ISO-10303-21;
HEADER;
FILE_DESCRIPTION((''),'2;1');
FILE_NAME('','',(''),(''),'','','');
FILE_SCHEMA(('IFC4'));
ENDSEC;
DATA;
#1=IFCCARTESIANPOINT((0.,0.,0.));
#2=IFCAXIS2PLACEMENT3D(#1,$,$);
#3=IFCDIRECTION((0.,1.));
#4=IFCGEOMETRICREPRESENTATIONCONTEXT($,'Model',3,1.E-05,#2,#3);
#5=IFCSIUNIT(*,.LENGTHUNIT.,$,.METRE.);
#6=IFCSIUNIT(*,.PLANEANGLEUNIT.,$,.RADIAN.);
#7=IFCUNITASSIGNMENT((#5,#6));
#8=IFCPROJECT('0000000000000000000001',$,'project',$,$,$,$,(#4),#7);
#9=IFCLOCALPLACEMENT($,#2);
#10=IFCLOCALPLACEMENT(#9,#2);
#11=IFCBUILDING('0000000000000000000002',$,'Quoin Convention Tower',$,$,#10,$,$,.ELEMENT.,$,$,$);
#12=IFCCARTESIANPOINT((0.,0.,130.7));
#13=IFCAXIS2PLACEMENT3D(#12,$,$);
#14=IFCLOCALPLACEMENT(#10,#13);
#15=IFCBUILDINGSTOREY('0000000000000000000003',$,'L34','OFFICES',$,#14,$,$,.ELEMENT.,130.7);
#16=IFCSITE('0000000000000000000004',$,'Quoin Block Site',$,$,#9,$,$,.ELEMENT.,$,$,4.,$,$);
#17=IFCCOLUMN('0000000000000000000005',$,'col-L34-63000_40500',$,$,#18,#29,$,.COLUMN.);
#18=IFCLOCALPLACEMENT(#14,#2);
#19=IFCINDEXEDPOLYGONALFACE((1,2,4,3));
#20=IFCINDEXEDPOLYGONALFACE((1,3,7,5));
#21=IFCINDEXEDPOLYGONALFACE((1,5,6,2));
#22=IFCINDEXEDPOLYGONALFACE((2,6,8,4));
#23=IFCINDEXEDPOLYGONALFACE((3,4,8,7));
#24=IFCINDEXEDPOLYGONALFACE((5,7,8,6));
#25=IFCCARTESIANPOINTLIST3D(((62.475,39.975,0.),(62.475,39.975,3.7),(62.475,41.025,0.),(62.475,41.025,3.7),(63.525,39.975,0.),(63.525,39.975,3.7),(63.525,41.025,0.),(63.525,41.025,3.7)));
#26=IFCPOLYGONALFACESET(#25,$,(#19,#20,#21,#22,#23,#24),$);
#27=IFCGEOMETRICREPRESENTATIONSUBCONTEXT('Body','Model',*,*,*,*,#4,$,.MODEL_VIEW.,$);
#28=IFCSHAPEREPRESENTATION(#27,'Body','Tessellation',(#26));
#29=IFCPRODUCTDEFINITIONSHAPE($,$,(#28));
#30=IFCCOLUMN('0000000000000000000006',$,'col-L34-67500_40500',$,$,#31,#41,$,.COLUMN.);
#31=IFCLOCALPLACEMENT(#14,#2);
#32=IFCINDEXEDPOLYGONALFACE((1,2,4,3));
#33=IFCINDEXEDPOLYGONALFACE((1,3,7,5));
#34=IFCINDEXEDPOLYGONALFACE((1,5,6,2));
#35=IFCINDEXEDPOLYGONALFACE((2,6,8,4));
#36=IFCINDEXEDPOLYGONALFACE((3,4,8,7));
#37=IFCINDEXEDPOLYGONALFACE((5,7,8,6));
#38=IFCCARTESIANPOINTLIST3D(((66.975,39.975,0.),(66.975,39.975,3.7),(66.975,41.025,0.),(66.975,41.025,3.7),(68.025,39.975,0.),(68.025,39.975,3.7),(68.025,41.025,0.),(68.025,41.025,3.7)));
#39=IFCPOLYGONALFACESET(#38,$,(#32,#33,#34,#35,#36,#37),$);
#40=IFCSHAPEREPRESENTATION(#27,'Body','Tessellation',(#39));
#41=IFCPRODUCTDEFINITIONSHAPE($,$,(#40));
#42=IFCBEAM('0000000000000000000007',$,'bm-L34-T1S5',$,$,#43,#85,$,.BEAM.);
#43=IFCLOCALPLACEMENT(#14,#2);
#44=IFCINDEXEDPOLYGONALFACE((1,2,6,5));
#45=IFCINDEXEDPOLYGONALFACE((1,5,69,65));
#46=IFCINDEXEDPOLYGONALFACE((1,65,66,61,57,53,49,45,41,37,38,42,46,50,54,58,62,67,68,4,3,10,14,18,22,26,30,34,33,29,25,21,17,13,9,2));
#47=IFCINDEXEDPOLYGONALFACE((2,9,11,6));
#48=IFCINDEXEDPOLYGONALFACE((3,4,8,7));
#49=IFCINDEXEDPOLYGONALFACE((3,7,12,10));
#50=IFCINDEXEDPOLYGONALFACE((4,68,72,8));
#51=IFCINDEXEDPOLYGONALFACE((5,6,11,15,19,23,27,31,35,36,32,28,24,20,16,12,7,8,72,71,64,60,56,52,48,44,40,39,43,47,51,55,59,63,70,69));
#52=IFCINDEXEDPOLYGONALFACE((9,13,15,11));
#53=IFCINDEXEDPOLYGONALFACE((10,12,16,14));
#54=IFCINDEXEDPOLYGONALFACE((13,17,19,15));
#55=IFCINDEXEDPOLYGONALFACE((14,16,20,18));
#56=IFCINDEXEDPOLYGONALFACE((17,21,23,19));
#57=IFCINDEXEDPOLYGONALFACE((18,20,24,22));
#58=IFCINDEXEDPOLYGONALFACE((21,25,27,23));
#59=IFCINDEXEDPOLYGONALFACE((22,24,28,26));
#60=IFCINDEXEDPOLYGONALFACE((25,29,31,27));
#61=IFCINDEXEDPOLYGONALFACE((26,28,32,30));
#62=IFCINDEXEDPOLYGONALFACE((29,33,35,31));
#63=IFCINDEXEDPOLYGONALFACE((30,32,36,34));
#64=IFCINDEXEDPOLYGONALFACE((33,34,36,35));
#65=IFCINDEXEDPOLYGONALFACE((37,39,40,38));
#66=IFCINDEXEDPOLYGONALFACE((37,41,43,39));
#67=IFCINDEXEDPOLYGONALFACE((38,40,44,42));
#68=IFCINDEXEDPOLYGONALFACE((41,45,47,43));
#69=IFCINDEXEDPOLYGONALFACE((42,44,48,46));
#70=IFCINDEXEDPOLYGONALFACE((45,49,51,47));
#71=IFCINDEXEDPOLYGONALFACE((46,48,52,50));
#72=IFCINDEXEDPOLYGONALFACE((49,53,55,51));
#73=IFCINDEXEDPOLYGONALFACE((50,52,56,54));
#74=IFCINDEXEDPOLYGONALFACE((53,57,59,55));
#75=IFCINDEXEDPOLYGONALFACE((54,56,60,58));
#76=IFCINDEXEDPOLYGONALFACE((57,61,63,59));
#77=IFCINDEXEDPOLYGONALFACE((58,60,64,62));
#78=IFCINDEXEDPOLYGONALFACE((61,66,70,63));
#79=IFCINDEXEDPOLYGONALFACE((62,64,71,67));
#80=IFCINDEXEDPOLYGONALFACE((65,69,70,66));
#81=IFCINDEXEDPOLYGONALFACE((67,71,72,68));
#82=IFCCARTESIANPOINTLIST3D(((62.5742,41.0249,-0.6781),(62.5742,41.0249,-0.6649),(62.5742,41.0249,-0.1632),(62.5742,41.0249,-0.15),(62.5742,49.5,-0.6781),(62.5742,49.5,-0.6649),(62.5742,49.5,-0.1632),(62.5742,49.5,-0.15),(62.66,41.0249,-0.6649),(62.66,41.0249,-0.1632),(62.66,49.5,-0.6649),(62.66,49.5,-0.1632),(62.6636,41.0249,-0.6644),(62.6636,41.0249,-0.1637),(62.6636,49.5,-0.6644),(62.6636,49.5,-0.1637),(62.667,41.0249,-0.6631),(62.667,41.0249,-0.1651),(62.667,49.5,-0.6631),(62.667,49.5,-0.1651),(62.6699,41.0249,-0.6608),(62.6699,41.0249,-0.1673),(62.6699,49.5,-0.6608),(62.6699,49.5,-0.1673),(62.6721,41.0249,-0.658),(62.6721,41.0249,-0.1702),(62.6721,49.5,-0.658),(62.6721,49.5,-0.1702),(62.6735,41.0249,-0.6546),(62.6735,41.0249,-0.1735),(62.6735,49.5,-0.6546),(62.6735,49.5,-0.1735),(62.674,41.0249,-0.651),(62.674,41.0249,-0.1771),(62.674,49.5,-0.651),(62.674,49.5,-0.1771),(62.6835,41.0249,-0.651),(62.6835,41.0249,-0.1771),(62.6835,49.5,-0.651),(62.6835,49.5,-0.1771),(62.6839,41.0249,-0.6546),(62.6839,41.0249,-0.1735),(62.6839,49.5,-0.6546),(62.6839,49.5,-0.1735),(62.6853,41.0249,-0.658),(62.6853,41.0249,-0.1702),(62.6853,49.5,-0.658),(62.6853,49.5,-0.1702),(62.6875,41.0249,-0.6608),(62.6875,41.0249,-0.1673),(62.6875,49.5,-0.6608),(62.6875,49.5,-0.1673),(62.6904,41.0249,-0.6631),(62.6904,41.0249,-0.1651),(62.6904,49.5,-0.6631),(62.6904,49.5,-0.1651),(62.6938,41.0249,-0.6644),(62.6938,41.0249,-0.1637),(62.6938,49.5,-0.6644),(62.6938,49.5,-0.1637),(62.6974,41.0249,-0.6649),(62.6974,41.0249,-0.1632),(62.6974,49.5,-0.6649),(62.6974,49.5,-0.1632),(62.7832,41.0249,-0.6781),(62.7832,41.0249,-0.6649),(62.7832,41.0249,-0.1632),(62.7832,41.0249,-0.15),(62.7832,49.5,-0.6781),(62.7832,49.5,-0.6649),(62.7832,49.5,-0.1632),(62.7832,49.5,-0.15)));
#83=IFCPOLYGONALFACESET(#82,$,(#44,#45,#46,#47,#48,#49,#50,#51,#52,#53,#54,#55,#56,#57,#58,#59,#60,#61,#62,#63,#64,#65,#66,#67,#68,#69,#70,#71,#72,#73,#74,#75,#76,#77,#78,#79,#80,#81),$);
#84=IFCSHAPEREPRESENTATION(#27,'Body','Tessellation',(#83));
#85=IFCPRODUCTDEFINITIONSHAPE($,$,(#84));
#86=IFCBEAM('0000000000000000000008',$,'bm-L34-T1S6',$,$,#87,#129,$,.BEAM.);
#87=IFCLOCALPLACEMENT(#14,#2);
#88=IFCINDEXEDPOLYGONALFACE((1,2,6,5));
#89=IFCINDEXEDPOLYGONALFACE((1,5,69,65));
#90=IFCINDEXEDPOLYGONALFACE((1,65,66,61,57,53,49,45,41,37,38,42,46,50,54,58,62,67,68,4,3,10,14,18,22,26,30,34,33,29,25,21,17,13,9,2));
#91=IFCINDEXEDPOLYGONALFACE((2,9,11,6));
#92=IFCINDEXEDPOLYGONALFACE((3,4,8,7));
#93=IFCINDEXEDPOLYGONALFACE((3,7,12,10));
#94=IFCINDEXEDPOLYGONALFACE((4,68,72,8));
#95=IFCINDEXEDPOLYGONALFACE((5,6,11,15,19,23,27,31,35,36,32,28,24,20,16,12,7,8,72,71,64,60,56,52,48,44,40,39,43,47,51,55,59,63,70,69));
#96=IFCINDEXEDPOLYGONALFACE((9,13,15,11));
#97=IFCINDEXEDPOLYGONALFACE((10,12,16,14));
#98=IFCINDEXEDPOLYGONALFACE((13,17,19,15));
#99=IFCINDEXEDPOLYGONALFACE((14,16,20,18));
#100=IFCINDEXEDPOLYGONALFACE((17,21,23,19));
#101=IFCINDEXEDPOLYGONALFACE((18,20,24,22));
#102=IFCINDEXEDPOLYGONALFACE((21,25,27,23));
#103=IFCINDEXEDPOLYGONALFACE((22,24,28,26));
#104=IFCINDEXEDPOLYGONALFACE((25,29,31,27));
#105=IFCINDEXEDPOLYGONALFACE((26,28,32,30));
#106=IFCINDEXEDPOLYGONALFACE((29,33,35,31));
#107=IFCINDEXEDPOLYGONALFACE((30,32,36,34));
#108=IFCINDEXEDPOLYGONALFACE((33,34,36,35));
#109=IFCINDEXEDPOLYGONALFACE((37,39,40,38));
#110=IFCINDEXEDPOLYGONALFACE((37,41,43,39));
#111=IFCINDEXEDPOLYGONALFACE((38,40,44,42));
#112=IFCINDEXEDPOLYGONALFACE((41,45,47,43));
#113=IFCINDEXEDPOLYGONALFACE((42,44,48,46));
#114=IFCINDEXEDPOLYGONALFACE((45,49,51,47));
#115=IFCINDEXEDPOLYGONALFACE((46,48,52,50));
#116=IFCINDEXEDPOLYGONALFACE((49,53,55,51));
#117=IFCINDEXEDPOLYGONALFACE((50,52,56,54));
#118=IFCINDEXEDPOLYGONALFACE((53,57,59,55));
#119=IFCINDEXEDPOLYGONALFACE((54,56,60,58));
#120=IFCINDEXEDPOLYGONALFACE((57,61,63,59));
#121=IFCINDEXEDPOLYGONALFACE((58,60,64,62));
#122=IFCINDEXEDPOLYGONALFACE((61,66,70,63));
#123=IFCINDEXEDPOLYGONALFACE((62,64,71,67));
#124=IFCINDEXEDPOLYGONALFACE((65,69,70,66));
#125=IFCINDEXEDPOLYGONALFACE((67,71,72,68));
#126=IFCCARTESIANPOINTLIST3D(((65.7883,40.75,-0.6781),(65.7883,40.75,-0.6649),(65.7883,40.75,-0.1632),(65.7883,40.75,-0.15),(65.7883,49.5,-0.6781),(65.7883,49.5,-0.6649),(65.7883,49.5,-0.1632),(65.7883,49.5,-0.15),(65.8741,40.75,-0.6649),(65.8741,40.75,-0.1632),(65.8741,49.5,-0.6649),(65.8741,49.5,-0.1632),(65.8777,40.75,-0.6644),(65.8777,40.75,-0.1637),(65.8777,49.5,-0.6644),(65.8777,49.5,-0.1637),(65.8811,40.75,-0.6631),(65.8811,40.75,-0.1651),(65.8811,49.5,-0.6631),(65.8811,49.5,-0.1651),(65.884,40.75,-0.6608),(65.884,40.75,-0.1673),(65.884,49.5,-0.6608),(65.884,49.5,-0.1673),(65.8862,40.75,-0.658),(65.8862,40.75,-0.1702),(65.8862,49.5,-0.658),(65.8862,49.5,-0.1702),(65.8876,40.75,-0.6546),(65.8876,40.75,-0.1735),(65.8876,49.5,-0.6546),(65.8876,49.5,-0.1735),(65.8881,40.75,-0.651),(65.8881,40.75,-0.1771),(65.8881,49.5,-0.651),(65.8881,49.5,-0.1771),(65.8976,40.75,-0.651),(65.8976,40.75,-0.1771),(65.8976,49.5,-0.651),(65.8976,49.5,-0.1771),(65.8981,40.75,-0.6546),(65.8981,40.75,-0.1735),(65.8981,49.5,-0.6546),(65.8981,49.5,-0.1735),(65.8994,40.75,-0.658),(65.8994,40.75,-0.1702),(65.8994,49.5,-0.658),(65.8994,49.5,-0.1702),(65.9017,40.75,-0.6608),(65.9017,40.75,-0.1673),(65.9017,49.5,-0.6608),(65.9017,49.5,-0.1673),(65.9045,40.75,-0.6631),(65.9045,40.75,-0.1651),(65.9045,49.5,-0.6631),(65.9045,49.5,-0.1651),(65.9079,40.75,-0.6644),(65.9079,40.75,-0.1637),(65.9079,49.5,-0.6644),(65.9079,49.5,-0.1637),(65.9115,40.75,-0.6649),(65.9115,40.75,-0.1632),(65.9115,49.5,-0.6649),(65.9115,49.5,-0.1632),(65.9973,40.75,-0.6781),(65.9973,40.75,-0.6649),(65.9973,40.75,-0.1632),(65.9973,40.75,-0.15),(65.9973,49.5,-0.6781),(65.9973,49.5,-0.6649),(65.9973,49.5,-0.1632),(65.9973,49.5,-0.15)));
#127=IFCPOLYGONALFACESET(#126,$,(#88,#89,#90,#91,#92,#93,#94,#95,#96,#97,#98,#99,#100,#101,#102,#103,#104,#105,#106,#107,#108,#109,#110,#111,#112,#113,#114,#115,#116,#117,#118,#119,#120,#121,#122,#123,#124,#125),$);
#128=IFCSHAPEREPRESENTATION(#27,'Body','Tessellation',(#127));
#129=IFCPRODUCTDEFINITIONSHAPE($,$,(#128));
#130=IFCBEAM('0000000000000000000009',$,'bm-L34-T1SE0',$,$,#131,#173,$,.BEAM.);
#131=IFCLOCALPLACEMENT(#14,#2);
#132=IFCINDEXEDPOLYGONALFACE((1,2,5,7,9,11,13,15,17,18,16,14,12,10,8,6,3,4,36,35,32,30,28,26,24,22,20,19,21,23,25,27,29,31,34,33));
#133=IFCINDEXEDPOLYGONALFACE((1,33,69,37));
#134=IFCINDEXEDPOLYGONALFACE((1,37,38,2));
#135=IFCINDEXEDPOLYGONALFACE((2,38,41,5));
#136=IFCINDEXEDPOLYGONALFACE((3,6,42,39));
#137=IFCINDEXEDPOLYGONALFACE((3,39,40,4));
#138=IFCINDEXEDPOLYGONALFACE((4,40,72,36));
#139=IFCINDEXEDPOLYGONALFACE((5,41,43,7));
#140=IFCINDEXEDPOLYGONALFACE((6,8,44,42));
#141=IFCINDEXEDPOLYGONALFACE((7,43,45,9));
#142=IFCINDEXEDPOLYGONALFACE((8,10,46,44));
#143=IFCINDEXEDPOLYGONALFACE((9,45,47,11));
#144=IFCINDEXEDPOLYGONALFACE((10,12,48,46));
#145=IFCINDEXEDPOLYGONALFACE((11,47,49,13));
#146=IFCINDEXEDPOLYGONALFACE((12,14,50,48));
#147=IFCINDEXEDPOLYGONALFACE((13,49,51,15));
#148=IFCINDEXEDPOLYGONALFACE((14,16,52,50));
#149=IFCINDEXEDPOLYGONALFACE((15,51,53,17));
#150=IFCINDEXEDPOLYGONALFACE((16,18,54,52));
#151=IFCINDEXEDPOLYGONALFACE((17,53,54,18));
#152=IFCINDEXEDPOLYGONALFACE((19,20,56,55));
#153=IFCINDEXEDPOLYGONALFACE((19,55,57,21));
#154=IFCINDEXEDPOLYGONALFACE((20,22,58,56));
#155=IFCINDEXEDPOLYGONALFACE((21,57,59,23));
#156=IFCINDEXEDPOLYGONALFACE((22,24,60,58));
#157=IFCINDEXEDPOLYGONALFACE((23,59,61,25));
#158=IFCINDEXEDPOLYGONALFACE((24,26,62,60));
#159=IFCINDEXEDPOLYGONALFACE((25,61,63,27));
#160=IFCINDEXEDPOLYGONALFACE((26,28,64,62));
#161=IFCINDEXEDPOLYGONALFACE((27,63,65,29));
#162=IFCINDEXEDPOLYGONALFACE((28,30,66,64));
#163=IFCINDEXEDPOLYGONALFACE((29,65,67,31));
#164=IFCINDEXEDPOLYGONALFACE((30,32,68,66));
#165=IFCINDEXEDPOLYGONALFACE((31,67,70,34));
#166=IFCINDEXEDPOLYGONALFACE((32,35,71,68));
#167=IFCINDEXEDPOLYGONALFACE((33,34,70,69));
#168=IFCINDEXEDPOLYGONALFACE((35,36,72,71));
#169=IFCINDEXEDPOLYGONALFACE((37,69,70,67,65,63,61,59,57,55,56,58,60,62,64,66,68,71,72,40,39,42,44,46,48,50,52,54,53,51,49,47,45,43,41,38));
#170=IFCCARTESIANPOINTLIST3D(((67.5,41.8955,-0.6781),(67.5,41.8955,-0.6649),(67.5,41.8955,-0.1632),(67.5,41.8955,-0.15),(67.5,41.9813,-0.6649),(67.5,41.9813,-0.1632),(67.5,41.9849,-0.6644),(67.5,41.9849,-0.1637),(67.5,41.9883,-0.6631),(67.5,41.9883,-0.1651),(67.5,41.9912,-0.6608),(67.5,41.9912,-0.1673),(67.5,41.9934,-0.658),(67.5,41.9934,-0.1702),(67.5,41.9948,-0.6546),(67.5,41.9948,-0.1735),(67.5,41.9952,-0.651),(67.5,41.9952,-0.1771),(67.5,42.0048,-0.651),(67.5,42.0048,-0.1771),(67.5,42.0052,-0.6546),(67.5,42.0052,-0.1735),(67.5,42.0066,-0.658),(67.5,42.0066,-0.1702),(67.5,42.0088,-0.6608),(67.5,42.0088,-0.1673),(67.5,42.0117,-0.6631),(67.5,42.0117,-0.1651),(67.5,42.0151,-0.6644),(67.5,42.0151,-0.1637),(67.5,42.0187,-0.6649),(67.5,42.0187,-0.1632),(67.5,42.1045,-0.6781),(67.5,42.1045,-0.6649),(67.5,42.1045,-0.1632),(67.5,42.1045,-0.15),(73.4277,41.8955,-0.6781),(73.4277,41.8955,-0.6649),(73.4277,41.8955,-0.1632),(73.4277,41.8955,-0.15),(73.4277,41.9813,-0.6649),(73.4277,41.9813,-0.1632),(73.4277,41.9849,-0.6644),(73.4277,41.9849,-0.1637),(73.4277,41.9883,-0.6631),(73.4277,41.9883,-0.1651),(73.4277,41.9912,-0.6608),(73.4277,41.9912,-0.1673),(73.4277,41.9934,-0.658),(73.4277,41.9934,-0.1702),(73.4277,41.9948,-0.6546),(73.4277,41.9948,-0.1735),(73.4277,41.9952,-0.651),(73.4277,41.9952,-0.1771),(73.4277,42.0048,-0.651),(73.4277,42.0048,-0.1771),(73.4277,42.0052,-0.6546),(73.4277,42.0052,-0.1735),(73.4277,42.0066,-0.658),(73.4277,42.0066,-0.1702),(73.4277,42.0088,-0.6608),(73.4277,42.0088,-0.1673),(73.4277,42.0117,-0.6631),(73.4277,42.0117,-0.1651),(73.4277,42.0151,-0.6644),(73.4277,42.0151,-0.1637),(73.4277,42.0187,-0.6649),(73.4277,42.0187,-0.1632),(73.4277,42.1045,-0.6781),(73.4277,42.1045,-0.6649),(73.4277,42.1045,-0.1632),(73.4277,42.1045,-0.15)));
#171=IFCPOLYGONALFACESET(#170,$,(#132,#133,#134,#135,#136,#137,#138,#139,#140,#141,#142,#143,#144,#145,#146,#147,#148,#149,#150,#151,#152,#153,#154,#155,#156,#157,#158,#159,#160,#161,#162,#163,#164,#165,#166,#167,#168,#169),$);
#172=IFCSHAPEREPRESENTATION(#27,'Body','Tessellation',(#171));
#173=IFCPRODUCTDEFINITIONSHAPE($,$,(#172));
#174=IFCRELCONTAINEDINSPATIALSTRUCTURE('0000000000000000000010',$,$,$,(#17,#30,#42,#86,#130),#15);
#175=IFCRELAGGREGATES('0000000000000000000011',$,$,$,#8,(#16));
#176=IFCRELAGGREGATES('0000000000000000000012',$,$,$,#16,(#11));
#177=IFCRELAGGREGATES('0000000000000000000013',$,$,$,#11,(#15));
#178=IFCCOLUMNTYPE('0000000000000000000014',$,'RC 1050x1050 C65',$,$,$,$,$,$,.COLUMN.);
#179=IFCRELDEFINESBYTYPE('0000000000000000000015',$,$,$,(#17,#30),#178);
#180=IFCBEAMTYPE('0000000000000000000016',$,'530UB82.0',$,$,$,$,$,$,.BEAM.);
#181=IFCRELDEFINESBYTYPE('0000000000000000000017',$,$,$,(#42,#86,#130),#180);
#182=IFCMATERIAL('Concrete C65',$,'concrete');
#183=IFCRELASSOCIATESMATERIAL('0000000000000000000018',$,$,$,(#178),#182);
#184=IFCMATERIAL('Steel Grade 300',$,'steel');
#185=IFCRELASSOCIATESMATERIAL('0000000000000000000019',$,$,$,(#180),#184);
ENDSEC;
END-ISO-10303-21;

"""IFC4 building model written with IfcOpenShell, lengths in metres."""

from ifc_helpers import new_model, si_unit, direction, frame, origin, origin_2d, place, context, subcontext, project, spatial, rectangle, i_section, extrude, material, material_profile, profile_set, type_object, element, save


model = new_model("IFC4")

# Units and contexts
model_context = context("Model", 3, precision=1e-05, world=origin(), true_north=direction((0.0, 1.0)))
body_context = subcontext(model_context, "Body", "Model", "MODEL_VIEW")
ifc_project = project(units=[si_unit("LENGTHUNIT", "METRE"), si_unit("PLANEANGLEUNIT", "RADIAN")], contexts=[model_context])

# Site, building, storey
site_placement = place(None, origin())
site = spatial("IfcSite", under=ifc_project, at=site_placement, Name="Quoin Block Site", CompositionType="ELEMENT", RefElevation=4.0)
building_placement = place(site_placement, origin())
building = spatial("IfcBuilding", under=site, at=building_placement, Name="Quoin Convention Tower", CompositionType="ELEMENT")
storey_placement = place(building_placement, frame((0.0, 0.0, 130.7)))
storey = spatial("IfcBuildingStorey", under=building, at=storey_placement, Name="L34", Description="OFFICES", CompositionType="ELEMENT", Elevation=130.7)

# Columns
ifc_material_1 = material(Name="Concrete C65", Category="concrete")
ifc_material_profile_1 = material_profile(ifc_material_1, rectangle(XDim=1.05, YDim=1.05, at=origin_2d()), Name="RC 1050x1050")
ifc_profile_set_1 = profile_set([ifc_material_profile_1], Name="Concrete C65")
column_type = type_object("IfcColumnType", Name="RC 1050x1050 C65", PredefinedType="COLUMN", material=ifc_profile_set_1)
for number, where, z_axis, x_axis, name in (
    (1, (63.0, 40.5, 0.0), (0.0, 0.0, 1.0), (1.0, 0.0, 0.0), "col-L34-63000_40500"),
    (2, (67.5, 40.5, 0.0), (0.0, 0.0, 1.0), (1.0, 0.0, 0.0), "col-L34-67500_40500"),
):
    element("IfcColumn", number, at=place(storey_placement, frame(where, z_axis=z_axis, x_axis=x_axis)), inside=storey, type_object=column_type, Name=name, PredefinedType="COLUMN", context=body_context, shape_type="SweptSolid", body=[
        extrude(rectangle(XDim=1.05, YDim=1.05, at=origin_2d()), origin(), (0.0, 0.0, 1.0), 3.7),
    ])

# Beams
ifc_material_2 = material(Name="Steel Grade 300", Category="steel")
ifc_material_profile_2 = material_profile(ifc_material_2, i_section(OverallWidth=0.209, OverallDepth=0.5281, WebThickness=0.0095, FlangeThickness=0.0132, FilletRadius=0.0139, at=origin_2d()), Name="530UB82.0")
ifc_profile_set_2 = profile_set([ifc_material_profile_2], Name="Steel Grade 300")
beam_type_1 = type_object("IfcBeamType", Name="530UB82.0", PredefinedType="BEAM", material=ifc_profile_set_2)
beam_1_placement = place(storey_placement, frame((62.6787, 41.0249, -0.4141), z_axis=(0.0, 1.0, 0.0), x_axis=(-1.0, 0.0, 0.0)))
element("IfcBeam", 3, at=beam_1_placement, inside=storey, type_object=beam_type_1, Name="bm-L34-T1S5", PredefinedType="BEAM", context=body_context, shape_type="SweptSolid", body=[
    extrude(i_section(OverallWidth=0.209, OverallDepth=0.5281, WebThickness=0.0095, FlangeThickness=0.0132, FilletRadius=0.0139, at=origin_2d()), origin(), (0.0, 0.0, 1.0), 8.4751),
])
beam_2_placement = place(storey_placement, frame((65.8928, 40.75, -0.4141), z_axis=(0.0, 1.0, 0.0), x_axis=(-1.0, 0.0, 0.0)))
element("IfcBeam", 4, at=beam_2_placement, inside=storey, type_object=beam_type_1, Name="bm-L34-T1S6", PredefinedType="BEAM", context=body_context, shape_type="SweptSolid", body=[
    extrude(i_section(OverallWidth=0.209, OverallDepth=0.5281, WebThickness=0.0095, FlangeThickness=0.0132, FilletRadius=0.0139, at=origin_2d()), origin(), (0.0, 0.0, 1.0), 8.75),
])
beam_3_placement = place(storey_placement, frame((67.5, 42.0, -0.4141), z_axis=(1.0, 0.0, 0.0), x_axis=(0.0, 1.0, 0.0)))
element("IfcBeam", 5, at=beam_3_placement, inside=storey, type_object=beam_type_1, Name="bm-L34-T1SE0", PredefinedType="BEAM", context=body_context, shape_type="SweptSolid", body=[
    extrude(i_section(OverallWidth=0.209, OverallDepth=0.5281, WebThickness=0.0095, FlangeThickness=0.0132, FilletRadius=0.0139, at=origin_2d()), origin(), (0.0, 0.0, 1.0), 5.9277),
])

save(model, "model.ifc")
